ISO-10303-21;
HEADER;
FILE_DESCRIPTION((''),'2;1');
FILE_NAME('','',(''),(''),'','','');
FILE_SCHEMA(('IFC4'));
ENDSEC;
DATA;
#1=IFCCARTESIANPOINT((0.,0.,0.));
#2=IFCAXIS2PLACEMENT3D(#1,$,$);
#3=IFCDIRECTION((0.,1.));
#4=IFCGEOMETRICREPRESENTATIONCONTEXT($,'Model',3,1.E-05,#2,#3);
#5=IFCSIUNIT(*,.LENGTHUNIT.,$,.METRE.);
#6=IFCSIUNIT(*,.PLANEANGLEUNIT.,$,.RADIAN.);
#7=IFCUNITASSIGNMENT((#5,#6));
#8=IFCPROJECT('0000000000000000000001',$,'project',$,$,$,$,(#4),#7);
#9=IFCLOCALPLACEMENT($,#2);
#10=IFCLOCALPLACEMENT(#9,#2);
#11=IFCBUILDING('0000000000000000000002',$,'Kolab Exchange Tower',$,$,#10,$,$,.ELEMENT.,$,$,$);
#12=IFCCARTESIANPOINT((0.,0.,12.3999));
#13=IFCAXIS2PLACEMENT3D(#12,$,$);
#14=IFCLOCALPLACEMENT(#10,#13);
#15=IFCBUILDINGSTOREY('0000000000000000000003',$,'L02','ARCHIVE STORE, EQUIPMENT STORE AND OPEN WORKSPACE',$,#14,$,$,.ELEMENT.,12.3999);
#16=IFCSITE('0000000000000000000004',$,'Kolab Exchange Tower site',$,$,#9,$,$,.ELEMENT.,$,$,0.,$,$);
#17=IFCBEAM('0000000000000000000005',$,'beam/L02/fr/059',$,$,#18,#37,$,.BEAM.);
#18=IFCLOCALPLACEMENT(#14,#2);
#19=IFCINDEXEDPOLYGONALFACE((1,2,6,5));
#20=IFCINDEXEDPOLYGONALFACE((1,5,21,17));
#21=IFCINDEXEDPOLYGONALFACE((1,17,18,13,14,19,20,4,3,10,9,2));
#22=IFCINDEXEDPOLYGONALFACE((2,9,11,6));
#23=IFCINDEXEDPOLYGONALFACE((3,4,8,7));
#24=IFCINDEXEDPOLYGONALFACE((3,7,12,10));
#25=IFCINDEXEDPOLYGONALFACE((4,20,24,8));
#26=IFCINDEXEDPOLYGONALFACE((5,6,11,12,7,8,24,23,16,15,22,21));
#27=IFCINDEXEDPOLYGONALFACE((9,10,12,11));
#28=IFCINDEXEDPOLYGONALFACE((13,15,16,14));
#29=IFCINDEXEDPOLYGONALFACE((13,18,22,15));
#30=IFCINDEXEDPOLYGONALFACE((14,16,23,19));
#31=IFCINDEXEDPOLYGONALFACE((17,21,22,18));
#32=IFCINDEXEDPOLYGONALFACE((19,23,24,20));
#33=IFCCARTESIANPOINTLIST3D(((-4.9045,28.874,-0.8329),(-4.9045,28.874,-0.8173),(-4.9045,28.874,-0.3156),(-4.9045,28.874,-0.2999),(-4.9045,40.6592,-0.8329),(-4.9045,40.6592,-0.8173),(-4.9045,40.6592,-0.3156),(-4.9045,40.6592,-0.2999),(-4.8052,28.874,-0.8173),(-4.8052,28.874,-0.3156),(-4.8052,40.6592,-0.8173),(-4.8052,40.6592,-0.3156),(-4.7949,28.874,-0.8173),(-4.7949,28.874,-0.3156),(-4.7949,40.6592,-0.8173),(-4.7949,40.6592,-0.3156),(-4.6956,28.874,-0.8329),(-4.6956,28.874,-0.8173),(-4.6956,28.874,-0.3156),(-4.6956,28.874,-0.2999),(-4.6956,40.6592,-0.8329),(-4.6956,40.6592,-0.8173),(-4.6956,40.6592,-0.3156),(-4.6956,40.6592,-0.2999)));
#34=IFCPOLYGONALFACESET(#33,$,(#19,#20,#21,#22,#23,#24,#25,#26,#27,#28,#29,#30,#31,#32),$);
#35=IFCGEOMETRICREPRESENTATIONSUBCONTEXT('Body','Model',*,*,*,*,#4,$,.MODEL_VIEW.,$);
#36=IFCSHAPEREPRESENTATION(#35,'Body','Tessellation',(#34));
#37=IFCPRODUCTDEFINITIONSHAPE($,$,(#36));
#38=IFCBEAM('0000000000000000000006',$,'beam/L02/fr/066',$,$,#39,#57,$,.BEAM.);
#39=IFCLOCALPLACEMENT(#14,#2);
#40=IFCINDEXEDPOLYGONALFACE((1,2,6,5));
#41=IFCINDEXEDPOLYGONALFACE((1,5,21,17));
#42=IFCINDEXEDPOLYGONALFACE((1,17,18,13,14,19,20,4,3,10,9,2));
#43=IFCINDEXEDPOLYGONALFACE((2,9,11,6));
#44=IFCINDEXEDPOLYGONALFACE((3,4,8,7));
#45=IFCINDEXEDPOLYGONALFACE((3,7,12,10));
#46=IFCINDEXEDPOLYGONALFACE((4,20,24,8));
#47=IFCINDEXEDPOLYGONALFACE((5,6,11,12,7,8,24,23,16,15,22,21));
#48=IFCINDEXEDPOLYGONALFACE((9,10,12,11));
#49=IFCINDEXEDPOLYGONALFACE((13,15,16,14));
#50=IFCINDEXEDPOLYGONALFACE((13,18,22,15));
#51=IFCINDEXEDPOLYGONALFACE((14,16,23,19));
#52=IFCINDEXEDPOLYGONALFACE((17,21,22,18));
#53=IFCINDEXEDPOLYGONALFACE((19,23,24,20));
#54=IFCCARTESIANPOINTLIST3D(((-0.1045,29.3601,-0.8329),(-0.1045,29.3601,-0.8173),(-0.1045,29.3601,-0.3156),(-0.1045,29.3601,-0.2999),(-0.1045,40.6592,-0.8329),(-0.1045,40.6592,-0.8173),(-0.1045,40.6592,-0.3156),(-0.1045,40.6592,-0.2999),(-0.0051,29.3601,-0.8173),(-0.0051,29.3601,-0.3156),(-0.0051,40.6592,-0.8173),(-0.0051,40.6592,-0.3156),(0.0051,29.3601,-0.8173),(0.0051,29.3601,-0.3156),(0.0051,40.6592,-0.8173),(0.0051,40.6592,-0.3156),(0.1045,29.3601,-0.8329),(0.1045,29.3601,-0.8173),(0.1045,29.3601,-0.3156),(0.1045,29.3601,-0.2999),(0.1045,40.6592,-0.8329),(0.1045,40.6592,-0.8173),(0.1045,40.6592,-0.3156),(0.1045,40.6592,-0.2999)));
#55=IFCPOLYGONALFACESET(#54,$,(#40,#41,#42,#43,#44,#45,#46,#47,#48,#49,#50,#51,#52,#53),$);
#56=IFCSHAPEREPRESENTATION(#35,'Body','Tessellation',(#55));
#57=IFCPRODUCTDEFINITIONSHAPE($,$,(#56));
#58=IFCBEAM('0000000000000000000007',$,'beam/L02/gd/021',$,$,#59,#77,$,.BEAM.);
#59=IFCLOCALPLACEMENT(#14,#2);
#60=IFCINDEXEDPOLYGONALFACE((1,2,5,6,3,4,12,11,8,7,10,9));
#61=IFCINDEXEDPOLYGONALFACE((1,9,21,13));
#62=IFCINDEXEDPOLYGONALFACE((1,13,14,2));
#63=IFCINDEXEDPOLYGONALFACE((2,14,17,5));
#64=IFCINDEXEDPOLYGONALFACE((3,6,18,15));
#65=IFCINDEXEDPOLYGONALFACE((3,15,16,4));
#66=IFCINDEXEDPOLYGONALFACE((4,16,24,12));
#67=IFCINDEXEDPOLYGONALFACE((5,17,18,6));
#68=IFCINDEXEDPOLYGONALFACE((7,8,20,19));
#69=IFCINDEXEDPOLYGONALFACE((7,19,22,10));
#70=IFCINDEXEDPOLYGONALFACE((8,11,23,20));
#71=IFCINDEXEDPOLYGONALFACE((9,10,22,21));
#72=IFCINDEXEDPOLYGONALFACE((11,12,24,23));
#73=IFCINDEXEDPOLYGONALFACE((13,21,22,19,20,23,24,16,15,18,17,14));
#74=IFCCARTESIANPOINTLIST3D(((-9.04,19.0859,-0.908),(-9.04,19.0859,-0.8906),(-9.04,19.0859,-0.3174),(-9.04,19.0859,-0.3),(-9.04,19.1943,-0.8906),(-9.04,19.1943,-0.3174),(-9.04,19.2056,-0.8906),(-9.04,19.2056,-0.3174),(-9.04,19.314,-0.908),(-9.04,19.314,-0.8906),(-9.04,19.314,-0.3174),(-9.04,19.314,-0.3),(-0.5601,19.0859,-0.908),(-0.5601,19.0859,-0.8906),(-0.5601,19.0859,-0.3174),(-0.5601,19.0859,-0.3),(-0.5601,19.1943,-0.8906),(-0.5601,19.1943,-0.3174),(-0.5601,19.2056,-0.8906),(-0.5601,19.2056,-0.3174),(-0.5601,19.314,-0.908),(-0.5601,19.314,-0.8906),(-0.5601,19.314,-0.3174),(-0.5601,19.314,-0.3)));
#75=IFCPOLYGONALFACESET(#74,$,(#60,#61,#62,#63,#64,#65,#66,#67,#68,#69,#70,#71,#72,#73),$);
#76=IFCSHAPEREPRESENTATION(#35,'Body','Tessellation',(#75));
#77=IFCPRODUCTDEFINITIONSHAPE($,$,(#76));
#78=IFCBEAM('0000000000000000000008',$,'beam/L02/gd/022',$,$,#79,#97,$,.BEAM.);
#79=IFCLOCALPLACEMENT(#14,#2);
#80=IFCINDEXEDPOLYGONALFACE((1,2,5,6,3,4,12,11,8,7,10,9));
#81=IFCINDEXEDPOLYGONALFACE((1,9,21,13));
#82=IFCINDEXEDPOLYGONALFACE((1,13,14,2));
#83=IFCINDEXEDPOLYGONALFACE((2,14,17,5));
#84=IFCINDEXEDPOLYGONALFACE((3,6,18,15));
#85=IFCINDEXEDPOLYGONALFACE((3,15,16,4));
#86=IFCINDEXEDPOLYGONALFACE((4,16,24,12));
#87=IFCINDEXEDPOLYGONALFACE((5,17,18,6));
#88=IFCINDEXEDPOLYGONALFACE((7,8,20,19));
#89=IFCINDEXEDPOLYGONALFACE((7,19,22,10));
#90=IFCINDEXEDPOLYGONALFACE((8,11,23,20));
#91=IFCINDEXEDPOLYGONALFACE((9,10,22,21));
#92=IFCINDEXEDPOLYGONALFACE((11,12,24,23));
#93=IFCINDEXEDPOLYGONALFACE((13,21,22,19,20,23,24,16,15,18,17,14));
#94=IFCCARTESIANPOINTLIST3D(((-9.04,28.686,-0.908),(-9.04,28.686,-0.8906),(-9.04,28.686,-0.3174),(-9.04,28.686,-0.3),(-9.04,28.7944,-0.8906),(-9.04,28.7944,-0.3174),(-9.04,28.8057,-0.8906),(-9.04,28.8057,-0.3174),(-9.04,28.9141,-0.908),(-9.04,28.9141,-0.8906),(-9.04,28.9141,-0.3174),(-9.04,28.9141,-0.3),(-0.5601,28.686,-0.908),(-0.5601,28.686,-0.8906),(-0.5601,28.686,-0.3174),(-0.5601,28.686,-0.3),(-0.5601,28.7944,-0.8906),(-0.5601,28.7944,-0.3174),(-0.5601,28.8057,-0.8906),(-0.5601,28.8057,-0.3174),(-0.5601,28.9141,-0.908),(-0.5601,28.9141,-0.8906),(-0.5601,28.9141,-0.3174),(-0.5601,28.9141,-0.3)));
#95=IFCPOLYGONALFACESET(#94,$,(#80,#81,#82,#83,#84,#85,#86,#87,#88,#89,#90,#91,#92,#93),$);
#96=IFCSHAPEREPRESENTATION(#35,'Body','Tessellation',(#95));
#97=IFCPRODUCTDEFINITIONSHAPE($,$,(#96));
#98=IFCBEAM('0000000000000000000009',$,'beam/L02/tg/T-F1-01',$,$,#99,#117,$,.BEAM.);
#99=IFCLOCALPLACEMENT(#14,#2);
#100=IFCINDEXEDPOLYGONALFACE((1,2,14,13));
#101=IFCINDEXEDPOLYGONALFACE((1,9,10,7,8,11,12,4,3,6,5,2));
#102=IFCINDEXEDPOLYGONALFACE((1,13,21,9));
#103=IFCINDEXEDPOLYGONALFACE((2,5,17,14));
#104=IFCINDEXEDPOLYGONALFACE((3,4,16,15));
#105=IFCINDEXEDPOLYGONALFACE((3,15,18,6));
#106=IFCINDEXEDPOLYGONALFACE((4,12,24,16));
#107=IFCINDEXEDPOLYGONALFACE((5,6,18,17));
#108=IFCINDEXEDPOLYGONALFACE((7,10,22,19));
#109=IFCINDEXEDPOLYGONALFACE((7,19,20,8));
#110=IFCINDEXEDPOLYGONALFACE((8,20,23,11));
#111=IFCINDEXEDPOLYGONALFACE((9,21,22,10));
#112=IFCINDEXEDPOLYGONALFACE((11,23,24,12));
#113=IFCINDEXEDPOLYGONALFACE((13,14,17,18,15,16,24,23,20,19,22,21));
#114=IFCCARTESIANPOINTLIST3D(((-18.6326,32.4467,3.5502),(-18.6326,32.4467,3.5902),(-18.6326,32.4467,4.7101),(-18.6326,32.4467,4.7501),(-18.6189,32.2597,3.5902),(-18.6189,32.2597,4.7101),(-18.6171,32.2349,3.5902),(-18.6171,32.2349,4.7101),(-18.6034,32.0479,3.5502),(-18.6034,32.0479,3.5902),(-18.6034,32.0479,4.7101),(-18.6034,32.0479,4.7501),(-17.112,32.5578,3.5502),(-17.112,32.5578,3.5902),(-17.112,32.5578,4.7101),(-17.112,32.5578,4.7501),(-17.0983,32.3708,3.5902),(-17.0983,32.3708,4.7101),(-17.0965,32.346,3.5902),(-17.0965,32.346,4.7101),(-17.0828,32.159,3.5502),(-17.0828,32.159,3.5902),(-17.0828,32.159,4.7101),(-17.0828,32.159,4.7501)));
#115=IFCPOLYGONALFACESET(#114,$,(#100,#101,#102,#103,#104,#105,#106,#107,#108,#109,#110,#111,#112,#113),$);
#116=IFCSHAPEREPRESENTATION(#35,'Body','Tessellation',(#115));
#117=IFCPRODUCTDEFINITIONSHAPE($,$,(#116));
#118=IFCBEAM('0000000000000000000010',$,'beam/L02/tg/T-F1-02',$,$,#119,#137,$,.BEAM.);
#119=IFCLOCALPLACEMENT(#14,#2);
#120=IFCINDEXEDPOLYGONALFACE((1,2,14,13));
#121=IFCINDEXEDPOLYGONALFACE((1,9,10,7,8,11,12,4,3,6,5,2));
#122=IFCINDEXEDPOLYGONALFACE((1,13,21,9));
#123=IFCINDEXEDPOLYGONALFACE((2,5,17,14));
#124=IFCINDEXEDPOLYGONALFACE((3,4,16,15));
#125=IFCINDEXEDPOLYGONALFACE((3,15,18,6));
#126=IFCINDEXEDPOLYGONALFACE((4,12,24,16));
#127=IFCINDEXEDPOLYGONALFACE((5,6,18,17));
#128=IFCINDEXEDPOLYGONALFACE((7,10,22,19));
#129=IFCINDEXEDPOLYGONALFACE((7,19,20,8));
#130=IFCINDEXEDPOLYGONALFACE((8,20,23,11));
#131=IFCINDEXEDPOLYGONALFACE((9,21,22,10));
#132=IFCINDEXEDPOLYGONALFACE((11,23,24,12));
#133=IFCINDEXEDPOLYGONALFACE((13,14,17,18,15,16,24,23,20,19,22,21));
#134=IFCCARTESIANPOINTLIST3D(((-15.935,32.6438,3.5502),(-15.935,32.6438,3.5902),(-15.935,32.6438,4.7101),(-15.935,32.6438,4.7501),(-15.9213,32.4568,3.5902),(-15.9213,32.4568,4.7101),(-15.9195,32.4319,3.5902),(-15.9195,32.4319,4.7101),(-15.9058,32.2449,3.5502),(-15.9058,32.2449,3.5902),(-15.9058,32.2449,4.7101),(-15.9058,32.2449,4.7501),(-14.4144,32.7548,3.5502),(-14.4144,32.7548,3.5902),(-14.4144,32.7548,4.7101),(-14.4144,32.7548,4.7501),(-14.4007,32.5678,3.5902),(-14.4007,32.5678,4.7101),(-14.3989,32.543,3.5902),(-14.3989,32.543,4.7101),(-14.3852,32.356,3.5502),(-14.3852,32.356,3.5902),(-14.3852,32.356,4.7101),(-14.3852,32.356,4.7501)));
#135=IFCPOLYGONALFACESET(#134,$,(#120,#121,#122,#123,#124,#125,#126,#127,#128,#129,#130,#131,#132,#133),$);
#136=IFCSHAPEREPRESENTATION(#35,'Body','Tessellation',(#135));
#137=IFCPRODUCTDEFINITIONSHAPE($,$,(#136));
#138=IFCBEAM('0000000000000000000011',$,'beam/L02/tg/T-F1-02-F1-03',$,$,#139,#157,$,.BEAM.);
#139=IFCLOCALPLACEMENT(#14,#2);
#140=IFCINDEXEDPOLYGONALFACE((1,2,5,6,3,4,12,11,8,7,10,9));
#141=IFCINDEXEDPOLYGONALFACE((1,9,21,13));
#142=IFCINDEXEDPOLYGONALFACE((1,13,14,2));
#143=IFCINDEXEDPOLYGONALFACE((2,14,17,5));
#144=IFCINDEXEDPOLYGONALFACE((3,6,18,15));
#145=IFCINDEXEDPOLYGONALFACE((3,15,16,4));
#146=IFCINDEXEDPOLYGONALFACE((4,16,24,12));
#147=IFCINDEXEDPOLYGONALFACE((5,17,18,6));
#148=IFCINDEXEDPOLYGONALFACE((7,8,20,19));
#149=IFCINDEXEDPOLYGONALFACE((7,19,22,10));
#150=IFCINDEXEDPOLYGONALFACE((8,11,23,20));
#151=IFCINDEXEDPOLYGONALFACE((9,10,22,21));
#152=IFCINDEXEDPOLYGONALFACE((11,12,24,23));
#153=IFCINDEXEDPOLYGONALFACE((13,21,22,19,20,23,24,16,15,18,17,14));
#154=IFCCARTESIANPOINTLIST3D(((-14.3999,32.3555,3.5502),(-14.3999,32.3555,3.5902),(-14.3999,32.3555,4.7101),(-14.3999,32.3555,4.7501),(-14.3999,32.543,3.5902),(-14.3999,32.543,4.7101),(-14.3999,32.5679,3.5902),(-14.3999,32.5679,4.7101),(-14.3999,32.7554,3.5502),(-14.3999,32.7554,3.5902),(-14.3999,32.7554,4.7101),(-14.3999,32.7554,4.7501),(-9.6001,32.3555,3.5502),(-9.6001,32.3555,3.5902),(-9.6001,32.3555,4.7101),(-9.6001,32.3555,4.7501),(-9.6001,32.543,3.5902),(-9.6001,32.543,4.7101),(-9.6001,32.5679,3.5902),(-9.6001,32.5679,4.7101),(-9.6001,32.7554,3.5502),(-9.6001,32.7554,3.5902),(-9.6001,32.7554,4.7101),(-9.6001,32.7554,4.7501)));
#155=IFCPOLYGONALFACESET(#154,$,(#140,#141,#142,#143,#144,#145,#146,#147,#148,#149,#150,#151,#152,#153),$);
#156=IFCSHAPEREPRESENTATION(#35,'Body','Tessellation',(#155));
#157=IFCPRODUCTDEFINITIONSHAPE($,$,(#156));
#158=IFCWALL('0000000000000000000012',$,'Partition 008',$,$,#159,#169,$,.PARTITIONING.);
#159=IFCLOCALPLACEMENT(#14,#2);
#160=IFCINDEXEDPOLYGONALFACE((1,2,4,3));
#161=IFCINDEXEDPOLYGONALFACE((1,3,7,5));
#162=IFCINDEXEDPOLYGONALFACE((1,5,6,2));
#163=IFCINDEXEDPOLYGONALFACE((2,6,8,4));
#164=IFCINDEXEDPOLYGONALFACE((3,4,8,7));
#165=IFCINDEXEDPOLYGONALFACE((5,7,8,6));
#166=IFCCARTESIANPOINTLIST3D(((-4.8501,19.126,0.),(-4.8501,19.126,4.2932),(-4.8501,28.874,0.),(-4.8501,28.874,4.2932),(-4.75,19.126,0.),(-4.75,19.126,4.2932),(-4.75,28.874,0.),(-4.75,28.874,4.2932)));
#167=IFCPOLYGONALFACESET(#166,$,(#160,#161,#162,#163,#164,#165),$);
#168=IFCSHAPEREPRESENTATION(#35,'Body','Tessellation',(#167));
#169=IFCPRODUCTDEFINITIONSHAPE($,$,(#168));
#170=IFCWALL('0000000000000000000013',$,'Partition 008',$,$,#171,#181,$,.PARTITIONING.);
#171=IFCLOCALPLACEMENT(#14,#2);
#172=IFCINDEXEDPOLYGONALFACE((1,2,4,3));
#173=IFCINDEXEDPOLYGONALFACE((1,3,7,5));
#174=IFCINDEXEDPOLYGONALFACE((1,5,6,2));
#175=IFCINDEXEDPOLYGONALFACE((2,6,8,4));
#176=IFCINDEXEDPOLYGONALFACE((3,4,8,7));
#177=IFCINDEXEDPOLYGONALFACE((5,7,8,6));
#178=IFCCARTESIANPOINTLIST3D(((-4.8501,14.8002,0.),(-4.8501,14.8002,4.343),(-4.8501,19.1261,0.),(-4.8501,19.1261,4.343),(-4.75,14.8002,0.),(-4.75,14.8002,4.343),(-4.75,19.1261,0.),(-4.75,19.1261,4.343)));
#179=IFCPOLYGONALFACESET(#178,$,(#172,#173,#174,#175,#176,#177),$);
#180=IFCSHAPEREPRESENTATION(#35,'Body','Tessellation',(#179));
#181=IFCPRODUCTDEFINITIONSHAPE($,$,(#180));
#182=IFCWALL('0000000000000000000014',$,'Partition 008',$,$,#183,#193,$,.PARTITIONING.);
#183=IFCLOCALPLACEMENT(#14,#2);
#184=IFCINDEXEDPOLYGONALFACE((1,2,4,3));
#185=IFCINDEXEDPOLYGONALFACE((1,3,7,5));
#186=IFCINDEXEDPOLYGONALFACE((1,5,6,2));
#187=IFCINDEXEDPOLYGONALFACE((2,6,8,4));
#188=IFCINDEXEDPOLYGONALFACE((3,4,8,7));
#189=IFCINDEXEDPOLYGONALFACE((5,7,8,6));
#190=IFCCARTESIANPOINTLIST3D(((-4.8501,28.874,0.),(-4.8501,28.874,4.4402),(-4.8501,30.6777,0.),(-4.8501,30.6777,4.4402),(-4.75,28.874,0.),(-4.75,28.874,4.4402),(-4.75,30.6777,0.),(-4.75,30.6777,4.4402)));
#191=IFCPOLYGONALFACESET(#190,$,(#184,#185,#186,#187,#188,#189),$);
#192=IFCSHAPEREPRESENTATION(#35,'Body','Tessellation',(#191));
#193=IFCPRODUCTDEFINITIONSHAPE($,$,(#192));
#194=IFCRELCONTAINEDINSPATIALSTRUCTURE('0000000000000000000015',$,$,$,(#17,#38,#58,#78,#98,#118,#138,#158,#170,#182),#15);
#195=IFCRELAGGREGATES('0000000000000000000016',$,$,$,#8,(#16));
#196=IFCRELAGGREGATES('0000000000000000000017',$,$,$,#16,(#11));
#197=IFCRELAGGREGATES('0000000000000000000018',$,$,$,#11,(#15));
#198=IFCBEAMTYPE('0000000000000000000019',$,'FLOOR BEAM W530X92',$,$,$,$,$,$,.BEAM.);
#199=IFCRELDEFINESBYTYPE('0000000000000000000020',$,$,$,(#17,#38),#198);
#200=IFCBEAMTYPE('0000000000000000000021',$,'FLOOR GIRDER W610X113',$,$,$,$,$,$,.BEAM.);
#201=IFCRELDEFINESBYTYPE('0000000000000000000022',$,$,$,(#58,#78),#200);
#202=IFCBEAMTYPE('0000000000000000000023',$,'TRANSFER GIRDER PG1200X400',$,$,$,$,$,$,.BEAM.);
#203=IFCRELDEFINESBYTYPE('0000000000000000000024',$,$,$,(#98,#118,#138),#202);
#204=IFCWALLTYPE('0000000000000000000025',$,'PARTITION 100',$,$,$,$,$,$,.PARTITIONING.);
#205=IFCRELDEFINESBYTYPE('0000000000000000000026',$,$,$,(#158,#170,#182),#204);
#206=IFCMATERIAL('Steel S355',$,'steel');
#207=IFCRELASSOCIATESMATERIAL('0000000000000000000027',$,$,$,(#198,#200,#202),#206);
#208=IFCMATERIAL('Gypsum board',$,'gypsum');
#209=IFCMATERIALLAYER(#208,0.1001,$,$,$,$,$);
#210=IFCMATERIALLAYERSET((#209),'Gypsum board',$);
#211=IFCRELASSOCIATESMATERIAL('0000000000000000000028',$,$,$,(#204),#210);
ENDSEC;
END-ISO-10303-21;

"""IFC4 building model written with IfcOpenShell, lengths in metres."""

from ifc_helpers import new_model, si_unit, direction, frame, frame_2d, origin, origin_2d, place, context, subcontext, project, spatial, rectangle, i_section, extrude, material, layer, layer_set, material_profile, profile_set, type_object, element, save


model = new_model("IFC4")

# Units and contexts
model_context = context("Model", 3, precision=1e-05, world=origin(), true_north=direction((0.0, 1.0)))
body_context = subcontext(model_context, "Body", "Model", "MODEL_VIEW")
ifc_project = project(units=[si_unit("LENGTHUNIT", "METRE"), si_unit("PLANEANGLEUNIT", "RADIAN")], contexts=[model_context])

# Site, building, storey
site_placement = place(None, origin())
site = spatial("IfcSite", under=ifc_project, at=site_placement, Name="Kolab Exchange Tower site", CompositionType="ELEMENT", RefElevation=0.0)
building_placement = place(site_placement, origin())
building = spatial("IfcBuilding", under=site, at=building_placement, Name="Kolab Exchange Tower", CompositionType="ELEMENT")
storey_placement = place(building_placement, frame((0.0, 0.0, 12.3999)))
storey = spatial("IfcBuildingStorey", under=building, at=storey_placement, Name="L02", Description="ARCHIVE STORE, EQUIPMENT STORE AND OPEN WORKSPACE", CompositionType="ELEMENT", Elevation=12.3999)

# Beams
ifc_material_1 = material(Name="Steel S355", Category="steel")
ifc_material_profile_1 = material_profile(ifc_material_1, i_section(OverallWidth=0.209, OverallDepth=0.533, WebThickness=0.0103, FlangeThickness=0.0156, at=origin_2d()), Name="W530X92")
ifc_profile_set_1 = profile_set([ifc_material_profile_1], Name="Steel S355")
beam_type_1 = type_object("IfcBeamType", Name="FLOOR BEAM W530X92", PredefinedType="BEAM", material=ifc_profile_set_1)
beam_1_placement = place(storey_placement, frame((-4.8, 28.874, -0.5664), z_axis=(0.0, 1.0, 0.0), x_axis=(-1.0, 0.0, 0.0)))
element("IfcBeam", 1, at=beam_1_placement, inside=storey, type_object=beam_type_1, Name="beam/L02/fr/059", PredefinedType="BEAM", context=body_context, shape_type="SweptSolid", body=[
    extrude(i_section(OverallWidth=0.209, OverallDepth=0.533, WebThickness=0.0103, FlangeThickness=0.0156, at=origin_2d()), origin(), (0.0, 0.0, 1.0), 11.7852),
])
beam_2_placement = place(storey_placement, frame((0.0, 29.3601, -0.5664), z_axis=(0.0, 1.0, 0.0), x_axis=(-1.0, 0.0, 0.0)))
element("IfcBeam", 2, at=beam_2_placement, inside=storey, type_object=beam_type_1, Name="beam/L02/fr/066", PredefinedType="BEAM", context=body_context, shape_type="SweptSolid", body=[
    extrude(i_section(OverallWidth=0.209, OverallDepth=0.533, WebThickness=0.0103, FlangeThickness=0.0156, at=origin_2d()), origin(), (0.0, 0.0, 1.0), 11.2991),
])
ifc_material_profile_2 = material_profile(ifc_material_1, i_section(OverallWidth=0.228, OverallDepth=0.6079, WebThickness=0.0112, FlangeThickness=0.0173, at=origin_2d()), Name="W610X113")
ifc_profile_set_2 = profile_set([ifc_material_profile_2], Name="Steel S355")
beam_type_2 = type_object("IfcBeamType", Name="FLOOR GIRDER W610X113", PredefinedType="BEAM", material=ifc_profile_set_2)
for number, where, z_axis, x_axis, name in (
    (3, (-9.04, 19.2, -0.604), (1.0, 0.0, 0.0), (0.0, 1.0, 0.0), "beam/L02/gd/021"),
    (4, (-9.04, 28.8, -0.604), (1.0, 0.0, 0.0), (0.0, 1.0, 0.0), "beam/L02/gd/022"),
):
    element("IfcBeam", number, at=place(storey_placement, frame(where, z_axis=z_axis, x_axis=x_axis)), inside=storey, type_object=beam_type_2, Name=name, PredefinedType="BEAM", context=body_context, shape_type="SweptSolid", body=[
        extrude(i_section(OverallWidth=0.228, OverallDepth=0.6079, WebThickness=0.0112, FlangeThickness=0.0173, at=origin_2d()), origin(), (0.0, 0.0, 1.0), 8.48),
    ])
ifc_material_profile_3 = material_profile(ifc_material_1, i_section(OverallWidth=0.3999, OverallDepth=1.2, WebThickness=0.0249, FlangeThickness=0.04, at=origin_2d()), Name="PG1200X400")
ifc_profile_set_3 = profile_set([ifc_material_profile_3], Name="Steel S355")
beam_type_3 = type_object("IfcBeamType", Name="TRANSFER GIRDER PG1200X400", PredefinedType="BEAM", material=ifc_profile_set_3)
for number, where, z_axis, x_axis, name in (
    (5, (-17.0974, 32.3584, 4.1501), (-0.997342, -0.072863, 0.0), (0.072863, -0.997342, 0.0), "beam/L02/tg/T-F1-01"),
    (6, (-15.9204, 32.4443, 4.1501), (0.997342, 0.072863, 0.0), (-0.072863, 0.997342, 0.0), "beam/L02/tg/T-F1-02"),
):
    element("IfcBeam", number, at=place(storey_placement, frame(where, z_axis=z_axis, x_axis=x_axis)), inside=storey, type_object=beam_type_3, Name=name, PredefinedType="BEAM", context=body_context, shape_type="SweptSolid", body=[
        extrude(i_section(OverallWidth=0.3999, OverallDepth=1.2, WebThickness=0.0249, FlangeThickness=0.04, at=origin_2d()), origin(), (0.0, 0.0, 1.0), 1.5247),
    ])
beam_3_placement = place(storey_placement, frame((-14.3999, 32.5554, 4.1501), z_axis=(1.0, 0.0, 0.0), x_axis=(0.0, 1.0, 0.0)))
element("IfcBeam", 7, at=beam_3_placement, inside=storey, type_object=beam_type_3, Name="beam/L02/tg/T-F1-02-F1-03", PredefinedType="BEAM", context=body_context, shape_type="SweptSolid", body=[
    extrude(i_section(OverallWidth=0.3999, OverallDepth=1.2, WebThickness=0.0249, FlangeThickness=0.04, at=origin_2d()), origin(), (0.0, 0.0, 1.0), 4.7998),
])

# Walls
ifc_material_2 = material(Name="Gypsum board", Category="gypsum")
ifc_layer_1 = layer(ifc_material_2, 0.1001)
ifc_layer_set_1 = layer_set([ifc_layer_1], Name="Gypsum board")
wall_type_1 = type_object("IfcWallType", Name="PARTITION 100", PredefinedType="PARTITIONING", material=ifc_layer_set_1)
wall_1_placement = place(storey_placement, frame((-4.8, 19.126, 0.0), z_axis=(0.0, 0.0, 1.0), x_axis=(0.0, 1.0, 0.0)))
element("IfcWall", 8, at=wall_1_placement, inside=storey, type_object=wall_type_1, Name="Partition 008", PredefinedType="PARTITIONING", context=body_context, shape_type="SweptSolid", body=[
    extrude(rectangle(XDim=9.748, YDim=0.1001, at=frame_2d((4.874, 0.0))), origin(), (0.0, 0.0, 1.0), 4.2932),
])
wall_2_placement = place(storey_placement, frame((-4.8, 14.8, 0.0), z_axis=(0.0, 0.0, 1.0), x_axis=(0.0, 1.0, 0.0)))
element("IfcWall", 9, at=wall_2_placement, inside=storey, type_object=wall_type_1, Name="Partition 008", PredefinedType="PARTITIONING", context=body_context, shape_type="SweptSolid", body=[
    extrude(rectangle(XDim=4.3259, YDim=0.1001, at=frame_2d((2.1631, 0.0))), origin(), (0.0, 0.0, 1.0), 4.343),
])
wall_3_placement = place(storey_placement, frame((-4.8, 28.874, 0.0), z_axis=(0.0, 0.0, 1.0), x_axis=(0.0, 1.0, 0.0)))
element("IfcWall", 10, at=wall_3_placement, inside=storey, type_object=wall_type_1, Name="Partition 008", PredefinedType="PARTITIONING", context=body_context, shape_type="SweptSolid", body=[
    extrude(rectangle(XDim=1.8037, YDim=0.1001, at=frame_2d((0.9019, 0.0))), origin(), (0.0, 0.0, 1.0), 4.4402),
])

save(model, "model.ifc")
